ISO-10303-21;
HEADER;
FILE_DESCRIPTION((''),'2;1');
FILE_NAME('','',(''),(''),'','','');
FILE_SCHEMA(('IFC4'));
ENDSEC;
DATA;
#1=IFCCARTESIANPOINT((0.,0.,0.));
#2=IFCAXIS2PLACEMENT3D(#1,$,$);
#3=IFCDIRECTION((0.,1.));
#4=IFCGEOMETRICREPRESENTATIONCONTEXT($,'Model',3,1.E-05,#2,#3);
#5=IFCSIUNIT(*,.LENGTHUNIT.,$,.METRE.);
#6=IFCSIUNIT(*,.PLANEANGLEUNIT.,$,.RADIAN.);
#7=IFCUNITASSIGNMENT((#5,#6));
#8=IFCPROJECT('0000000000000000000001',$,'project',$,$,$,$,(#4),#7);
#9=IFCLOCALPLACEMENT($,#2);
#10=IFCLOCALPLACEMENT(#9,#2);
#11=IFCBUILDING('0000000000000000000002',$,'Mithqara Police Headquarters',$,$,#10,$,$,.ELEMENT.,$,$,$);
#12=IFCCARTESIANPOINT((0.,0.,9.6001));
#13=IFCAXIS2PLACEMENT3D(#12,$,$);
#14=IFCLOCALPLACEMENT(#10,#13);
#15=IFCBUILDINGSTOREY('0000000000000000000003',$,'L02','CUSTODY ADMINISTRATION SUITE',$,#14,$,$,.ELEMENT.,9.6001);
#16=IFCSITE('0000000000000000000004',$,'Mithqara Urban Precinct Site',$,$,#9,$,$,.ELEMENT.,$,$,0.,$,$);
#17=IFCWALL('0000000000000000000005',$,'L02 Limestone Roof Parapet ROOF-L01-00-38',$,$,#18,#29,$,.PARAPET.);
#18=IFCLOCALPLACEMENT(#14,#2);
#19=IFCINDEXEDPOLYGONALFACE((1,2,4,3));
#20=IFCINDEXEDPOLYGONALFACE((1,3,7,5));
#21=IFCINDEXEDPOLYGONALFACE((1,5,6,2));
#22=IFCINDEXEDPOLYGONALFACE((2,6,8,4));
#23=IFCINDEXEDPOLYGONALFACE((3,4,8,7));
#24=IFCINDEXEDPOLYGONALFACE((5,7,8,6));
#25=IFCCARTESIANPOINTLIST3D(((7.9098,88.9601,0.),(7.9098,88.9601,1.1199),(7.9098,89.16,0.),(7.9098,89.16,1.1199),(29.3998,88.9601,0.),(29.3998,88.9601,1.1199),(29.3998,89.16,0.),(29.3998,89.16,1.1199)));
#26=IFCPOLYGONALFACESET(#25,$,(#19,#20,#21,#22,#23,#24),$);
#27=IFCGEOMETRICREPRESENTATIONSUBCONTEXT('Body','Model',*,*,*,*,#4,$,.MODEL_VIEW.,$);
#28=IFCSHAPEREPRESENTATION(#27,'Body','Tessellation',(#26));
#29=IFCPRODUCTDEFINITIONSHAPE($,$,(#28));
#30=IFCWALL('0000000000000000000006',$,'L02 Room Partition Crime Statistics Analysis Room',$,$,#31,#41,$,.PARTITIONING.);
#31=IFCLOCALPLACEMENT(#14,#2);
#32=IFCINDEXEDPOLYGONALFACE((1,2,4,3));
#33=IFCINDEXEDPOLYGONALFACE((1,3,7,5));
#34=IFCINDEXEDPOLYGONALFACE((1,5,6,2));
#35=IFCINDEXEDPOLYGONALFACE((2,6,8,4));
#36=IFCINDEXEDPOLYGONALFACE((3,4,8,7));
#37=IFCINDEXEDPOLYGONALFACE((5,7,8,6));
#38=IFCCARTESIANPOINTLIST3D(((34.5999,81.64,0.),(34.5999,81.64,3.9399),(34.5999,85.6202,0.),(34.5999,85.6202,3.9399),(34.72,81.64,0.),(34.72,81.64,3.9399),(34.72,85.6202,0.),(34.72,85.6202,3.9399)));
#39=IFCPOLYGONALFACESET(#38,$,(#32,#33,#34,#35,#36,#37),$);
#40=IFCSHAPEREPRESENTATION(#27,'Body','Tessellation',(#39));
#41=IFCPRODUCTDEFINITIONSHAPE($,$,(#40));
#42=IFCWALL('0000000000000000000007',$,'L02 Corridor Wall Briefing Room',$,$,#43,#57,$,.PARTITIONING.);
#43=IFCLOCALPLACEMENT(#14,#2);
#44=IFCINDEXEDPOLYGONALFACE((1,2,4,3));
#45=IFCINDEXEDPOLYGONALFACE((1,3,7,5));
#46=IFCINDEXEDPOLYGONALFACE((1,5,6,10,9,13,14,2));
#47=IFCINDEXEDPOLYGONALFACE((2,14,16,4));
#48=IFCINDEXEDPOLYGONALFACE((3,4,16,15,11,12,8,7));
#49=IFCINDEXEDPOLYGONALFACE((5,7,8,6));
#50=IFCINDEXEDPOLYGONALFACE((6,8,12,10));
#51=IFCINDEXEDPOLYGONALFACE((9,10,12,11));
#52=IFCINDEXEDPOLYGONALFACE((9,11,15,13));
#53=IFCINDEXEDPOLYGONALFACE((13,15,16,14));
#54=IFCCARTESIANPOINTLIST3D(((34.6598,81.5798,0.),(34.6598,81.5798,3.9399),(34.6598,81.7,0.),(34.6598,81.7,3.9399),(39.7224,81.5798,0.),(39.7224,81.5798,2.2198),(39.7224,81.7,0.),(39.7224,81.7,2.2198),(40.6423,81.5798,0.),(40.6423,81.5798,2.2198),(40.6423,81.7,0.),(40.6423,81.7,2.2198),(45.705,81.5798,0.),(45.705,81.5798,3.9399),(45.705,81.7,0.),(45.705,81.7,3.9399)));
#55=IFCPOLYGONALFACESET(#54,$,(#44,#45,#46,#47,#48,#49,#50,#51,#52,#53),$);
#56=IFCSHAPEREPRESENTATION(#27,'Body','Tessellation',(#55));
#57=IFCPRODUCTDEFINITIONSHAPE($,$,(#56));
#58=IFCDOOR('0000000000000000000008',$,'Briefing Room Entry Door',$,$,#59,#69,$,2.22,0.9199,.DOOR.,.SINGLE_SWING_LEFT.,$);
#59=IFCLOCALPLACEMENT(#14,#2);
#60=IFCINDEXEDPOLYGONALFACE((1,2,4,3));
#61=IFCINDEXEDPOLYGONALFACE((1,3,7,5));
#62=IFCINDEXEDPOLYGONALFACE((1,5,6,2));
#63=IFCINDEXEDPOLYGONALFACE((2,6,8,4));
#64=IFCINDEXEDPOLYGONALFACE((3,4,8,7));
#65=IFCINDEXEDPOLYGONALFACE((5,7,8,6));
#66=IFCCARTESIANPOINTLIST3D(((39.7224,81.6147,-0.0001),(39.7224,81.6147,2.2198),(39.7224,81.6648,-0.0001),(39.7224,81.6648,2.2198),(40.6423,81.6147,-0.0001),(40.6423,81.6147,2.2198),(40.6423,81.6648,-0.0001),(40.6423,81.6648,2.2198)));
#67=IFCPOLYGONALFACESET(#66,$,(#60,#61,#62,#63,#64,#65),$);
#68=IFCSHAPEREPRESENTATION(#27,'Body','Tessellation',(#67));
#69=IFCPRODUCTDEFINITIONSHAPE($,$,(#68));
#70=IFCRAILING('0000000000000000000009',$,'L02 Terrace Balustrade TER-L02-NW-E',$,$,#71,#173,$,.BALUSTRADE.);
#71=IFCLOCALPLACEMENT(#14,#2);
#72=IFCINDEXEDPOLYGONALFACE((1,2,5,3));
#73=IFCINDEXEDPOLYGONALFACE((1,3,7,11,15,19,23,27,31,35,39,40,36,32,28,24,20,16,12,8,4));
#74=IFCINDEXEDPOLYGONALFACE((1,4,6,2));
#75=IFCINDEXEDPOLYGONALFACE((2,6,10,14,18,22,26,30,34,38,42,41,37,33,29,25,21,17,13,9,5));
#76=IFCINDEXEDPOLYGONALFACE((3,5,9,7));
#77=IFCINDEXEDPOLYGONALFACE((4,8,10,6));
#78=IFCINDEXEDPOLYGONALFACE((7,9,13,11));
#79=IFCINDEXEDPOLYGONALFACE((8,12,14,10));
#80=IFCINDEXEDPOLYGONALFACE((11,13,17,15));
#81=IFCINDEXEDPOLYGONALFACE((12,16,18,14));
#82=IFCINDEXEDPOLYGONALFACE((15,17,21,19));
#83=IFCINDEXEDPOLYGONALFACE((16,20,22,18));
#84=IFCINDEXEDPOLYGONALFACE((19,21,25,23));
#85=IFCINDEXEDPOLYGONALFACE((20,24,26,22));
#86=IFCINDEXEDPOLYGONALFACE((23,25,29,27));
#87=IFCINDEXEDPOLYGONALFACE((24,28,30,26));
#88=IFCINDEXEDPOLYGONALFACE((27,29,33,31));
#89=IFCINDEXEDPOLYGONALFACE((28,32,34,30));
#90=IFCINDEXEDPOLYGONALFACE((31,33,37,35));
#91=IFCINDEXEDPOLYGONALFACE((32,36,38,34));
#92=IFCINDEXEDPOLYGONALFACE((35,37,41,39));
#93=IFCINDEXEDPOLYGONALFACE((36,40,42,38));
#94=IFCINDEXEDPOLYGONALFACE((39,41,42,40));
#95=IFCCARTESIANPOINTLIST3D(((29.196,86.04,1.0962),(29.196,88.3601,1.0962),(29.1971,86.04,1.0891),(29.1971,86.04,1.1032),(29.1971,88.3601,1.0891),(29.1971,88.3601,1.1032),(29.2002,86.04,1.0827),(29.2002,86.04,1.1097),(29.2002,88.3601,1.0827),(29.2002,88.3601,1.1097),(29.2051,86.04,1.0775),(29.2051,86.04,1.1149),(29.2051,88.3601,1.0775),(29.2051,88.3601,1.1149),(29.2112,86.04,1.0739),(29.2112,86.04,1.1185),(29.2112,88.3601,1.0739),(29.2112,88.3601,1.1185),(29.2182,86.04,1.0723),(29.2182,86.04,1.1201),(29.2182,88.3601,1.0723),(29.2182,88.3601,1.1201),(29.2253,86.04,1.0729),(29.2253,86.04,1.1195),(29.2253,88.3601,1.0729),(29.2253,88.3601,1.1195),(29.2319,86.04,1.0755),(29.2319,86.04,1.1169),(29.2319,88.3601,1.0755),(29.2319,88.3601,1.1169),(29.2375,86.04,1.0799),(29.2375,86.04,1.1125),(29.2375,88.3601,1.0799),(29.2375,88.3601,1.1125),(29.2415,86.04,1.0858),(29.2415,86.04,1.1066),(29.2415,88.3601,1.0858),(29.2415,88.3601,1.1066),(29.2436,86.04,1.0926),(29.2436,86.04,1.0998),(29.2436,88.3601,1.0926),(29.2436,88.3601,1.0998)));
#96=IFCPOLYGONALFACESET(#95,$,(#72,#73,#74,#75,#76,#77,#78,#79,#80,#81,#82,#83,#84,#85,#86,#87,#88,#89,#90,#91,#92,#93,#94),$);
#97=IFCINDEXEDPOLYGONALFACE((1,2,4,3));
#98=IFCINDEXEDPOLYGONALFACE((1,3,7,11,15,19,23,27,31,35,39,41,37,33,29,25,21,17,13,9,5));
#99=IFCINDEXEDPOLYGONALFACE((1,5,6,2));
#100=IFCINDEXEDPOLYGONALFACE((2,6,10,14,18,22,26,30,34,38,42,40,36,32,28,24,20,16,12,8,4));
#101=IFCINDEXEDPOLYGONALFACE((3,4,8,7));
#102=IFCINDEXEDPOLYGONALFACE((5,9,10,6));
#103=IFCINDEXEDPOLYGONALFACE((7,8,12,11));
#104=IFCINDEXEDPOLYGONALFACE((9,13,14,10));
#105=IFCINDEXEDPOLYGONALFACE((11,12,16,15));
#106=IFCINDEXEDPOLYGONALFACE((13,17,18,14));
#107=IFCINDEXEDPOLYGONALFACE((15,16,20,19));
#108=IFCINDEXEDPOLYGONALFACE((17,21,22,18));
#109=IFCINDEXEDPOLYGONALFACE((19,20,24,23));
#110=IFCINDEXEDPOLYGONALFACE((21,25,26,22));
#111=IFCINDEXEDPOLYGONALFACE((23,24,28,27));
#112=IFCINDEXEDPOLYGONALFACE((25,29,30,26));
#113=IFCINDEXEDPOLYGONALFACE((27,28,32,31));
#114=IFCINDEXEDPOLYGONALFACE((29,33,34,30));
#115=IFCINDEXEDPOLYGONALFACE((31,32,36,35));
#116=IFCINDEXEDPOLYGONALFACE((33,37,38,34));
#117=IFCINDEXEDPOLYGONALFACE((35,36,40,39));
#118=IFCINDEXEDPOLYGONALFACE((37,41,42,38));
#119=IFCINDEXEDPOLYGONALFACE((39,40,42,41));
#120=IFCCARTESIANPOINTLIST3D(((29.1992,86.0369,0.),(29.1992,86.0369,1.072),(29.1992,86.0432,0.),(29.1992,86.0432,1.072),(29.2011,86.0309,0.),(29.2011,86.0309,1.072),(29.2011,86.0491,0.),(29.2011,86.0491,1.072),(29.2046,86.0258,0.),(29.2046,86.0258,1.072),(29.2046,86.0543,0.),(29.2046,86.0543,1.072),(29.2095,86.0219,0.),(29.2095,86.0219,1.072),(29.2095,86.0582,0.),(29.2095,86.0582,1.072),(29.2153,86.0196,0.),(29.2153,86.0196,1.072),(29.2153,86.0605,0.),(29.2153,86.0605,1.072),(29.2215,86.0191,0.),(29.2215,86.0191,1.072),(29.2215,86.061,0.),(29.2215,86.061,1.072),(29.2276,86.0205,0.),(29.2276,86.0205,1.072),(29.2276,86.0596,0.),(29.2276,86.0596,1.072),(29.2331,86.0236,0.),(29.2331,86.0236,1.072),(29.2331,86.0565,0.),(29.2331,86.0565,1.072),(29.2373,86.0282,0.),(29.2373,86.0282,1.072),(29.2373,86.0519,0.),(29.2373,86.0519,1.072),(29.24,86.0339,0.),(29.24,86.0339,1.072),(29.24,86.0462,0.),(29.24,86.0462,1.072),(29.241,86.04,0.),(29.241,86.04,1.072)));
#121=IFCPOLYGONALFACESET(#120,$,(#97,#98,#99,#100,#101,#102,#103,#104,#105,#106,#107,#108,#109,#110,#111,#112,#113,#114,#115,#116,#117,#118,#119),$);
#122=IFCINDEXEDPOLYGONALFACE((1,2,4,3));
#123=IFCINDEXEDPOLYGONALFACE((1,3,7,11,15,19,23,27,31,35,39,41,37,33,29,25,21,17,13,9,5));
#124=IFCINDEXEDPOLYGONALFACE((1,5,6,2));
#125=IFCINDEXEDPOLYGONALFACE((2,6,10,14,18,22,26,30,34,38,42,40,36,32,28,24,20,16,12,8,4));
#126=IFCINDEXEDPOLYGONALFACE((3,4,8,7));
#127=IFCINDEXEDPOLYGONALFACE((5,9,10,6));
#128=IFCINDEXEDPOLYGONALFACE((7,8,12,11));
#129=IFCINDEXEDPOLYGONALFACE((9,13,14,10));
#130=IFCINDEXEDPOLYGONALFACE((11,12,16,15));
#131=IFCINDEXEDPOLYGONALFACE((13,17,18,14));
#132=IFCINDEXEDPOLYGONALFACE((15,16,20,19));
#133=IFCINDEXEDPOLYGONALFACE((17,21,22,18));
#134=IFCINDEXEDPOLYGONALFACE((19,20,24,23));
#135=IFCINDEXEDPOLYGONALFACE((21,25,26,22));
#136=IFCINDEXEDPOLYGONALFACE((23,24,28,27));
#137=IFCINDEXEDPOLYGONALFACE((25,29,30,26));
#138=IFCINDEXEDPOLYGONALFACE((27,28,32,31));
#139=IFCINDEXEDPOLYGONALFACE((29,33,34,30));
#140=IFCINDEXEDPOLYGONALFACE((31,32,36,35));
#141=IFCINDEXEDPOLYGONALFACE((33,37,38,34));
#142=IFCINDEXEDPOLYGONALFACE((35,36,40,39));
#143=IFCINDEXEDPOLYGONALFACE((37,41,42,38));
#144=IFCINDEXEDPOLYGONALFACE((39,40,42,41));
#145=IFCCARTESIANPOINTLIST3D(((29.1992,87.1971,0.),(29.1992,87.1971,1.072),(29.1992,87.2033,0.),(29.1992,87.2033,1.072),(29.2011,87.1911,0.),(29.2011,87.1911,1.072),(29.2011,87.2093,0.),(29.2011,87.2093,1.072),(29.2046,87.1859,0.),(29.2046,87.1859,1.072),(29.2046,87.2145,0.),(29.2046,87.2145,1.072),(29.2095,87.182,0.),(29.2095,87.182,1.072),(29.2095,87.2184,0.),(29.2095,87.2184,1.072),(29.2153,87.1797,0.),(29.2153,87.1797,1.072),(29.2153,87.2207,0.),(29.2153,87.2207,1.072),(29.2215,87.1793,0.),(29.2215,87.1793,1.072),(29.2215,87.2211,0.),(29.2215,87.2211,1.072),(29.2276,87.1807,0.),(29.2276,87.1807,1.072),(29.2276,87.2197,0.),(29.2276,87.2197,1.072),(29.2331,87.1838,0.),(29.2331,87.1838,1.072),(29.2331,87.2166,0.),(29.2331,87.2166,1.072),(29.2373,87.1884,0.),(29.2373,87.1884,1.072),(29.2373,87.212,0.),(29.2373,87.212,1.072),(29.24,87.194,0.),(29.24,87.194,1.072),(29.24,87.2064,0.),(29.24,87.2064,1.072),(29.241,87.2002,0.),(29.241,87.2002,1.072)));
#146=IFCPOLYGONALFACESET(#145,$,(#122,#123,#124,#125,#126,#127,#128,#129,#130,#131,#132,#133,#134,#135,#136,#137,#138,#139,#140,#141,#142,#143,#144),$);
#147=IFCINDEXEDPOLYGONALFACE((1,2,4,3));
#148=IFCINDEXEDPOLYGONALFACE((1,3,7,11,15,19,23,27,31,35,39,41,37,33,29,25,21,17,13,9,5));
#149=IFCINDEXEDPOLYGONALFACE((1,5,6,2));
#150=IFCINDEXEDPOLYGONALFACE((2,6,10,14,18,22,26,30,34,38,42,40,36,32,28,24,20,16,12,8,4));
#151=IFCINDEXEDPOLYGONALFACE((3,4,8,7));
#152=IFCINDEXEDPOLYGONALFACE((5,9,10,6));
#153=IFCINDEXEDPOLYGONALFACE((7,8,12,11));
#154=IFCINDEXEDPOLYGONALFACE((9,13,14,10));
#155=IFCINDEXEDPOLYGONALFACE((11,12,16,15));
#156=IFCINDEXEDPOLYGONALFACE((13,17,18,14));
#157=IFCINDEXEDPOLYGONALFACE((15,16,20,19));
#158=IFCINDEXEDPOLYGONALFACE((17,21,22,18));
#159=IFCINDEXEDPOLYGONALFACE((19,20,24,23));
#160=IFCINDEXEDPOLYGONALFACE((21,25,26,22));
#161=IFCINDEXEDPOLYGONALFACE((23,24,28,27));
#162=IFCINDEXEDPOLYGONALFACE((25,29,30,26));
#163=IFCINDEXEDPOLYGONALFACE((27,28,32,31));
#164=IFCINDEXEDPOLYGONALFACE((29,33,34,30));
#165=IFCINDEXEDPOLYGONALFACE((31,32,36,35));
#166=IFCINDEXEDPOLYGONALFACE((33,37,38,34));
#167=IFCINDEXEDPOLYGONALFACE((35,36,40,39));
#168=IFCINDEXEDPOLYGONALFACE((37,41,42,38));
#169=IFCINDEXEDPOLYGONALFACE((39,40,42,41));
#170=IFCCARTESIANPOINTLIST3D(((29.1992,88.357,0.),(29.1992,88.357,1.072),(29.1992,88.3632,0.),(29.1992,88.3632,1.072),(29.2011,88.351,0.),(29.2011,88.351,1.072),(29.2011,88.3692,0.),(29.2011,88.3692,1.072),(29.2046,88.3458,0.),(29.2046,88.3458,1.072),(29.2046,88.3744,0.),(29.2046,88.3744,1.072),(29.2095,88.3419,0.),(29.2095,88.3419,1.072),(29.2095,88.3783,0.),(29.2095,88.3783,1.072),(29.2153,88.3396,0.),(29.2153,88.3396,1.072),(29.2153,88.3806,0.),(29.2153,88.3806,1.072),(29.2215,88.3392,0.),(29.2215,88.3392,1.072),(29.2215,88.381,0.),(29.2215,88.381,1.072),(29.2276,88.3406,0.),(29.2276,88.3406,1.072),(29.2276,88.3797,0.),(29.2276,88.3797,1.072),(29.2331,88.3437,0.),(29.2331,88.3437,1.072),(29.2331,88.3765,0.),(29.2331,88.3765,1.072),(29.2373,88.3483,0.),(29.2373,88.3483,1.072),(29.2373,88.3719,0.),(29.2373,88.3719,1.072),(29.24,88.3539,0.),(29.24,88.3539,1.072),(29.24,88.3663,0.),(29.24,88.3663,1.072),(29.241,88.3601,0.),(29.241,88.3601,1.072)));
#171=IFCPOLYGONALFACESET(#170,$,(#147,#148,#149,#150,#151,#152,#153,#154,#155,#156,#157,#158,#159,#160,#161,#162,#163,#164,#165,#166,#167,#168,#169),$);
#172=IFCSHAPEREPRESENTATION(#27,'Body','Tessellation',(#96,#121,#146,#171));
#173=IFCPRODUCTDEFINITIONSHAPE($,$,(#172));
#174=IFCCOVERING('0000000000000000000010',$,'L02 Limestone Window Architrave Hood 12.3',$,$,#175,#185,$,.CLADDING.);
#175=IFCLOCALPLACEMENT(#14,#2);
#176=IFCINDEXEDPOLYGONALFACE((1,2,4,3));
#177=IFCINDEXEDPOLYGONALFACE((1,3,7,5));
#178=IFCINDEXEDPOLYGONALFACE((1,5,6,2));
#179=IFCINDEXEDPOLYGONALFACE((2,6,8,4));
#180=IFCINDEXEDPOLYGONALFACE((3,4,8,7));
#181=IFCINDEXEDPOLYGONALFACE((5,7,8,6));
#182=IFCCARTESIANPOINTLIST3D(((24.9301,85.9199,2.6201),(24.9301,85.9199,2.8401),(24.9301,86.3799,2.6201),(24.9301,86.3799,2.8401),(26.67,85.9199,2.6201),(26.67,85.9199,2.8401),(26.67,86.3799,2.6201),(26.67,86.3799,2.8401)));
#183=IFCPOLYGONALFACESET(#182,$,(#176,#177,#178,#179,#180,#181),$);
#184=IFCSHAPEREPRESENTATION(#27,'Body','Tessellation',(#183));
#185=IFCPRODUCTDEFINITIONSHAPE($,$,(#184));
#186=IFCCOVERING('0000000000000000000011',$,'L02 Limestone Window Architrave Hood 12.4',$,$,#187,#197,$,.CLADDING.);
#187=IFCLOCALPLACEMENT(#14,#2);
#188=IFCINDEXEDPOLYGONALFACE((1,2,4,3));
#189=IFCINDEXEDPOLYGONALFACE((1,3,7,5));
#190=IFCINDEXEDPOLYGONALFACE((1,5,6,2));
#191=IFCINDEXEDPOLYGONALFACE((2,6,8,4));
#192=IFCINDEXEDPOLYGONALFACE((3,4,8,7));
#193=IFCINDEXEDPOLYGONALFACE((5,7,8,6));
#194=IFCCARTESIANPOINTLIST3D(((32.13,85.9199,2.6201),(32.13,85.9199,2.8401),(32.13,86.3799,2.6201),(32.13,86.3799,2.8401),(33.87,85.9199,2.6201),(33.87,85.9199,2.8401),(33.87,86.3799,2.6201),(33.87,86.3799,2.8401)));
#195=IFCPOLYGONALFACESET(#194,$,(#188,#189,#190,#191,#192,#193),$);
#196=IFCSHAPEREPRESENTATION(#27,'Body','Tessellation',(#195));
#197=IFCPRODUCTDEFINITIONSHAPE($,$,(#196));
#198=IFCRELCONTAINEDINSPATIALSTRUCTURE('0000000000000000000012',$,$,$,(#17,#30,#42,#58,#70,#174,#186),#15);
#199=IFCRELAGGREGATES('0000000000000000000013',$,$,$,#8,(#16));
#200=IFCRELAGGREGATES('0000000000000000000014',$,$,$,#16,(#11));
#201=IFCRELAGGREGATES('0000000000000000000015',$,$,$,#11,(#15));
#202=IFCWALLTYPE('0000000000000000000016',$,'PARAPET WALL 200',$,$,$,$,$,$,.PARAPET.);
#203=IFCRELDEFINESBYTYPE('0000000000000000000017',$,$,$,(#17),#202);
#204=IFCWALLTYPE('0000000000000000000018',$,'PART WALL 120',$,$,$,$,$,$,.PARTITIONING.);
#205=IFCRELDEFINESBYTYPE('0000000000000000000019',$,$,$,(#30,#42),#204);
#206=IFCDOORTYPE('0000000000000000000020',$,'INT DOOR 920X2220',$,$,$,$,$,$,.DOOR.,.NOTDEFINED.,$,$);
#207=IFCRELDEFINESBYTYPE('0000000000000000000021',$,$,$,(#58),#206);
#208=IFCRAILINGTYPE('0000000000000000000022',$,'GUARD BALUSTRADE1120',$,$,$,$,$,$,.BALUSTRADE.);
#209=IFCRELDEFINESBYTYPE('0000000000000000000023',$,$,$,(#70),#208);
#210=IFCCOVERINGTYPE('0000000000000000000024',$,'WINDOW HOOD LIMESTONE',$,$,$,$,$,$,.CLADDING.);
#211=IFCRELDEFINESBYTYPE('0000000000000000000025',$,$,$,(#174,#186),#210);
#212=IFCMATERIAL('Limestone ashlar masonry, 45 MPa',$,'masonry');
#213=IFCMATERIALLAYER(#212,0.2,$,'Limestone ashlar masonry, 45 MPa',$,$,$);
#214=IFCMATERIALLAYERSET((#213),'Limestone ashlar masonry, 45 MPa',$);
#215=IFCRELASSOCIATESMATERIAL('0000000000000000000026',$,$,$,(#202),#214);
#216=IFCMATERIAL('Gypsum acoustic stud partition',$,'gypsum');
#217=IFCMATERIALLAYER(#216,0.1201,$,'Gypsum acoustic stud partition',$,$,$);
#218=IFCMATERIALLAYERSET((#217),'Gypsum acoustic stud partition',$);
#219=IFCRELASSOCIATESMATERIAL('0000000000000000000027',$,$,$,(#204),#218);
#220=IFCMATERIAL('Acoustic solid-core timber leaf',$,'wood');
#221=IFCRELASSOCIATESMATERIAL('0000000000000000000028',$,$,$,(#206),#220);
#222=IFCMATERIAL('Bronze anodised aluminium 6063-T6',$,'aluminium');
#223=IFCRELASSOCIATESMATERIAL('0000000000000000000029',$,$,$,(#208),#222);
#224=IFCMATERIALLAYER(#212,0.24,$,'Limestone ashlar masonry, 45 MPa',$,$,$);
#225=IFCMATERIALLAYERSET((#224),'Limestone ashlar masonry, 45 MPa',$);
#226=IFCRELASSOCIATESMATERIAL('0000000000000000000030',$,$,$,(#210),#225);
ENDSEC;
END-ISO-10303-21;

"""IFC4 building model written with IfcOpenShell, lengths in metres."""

from ifc_helpers import new_model, si_unit, direction, frame, frame_2d, origin, origin_2d, place, context, subcontext, project, spatial, rectangle, circle, extrude, material, layer, layer_set, type_object, element, fill, save


model = new_model("IFC4")

# Units and contexts
model_context = context("Model", 3, precision=1e-05, world=origin(), true_north=direction((0.0, 1.0)))
body_context = subcontext(model_context, "Body", "Model", "MODEL_VIEW")
ifc_project = project(units=[si_unit("LENGTHUNIT", "METRE"), si_unit("PLANEANGLEUNIT", "RADIAN")], contexts=[model_context])

# Site, building, storey
site_placement = place(None, origin())
site = spatial("IfcSite", under=ifc_project, at=site_placement, Name="Mithqara Urban Precinct Site", CompositionType="ELEMENT", RefElevation=0.0)
building_placement = place(site_placement, origin())
building = spatial("IfcBuilding", under=site, at=building_placement, Name="Mithqara Police Headquarters", CompositionType="ELEMENT")
storey_placement = place(building_placement, frame((0.0, 0.0, 9.6001)))
storey = spatial("IfcBuildingStorey", under=building, at=storey_placement, Name="L02", Description="CUSTODY ADMINISTRATION SUITE", CompositionType="ELEMENT", Elevation=9.6001)

# Walls
ifc_material_1 = material(Name="Limestone ashlar masonry, 45 MPa", Category="masonry")
ifc_layer_1 = layer(ifc_material_1, 0.2, Name="Limestone ashlar masonry, 45 MPa")
ifc_layer_set_1 = layer_set([ifc_layer_1], Name="Limestone ashlar masonry, 45 MPa")
wall_type_1 = type_object("IfcWallType", Name="PARAPET WALL 200", PredefinedType="PARAPET", material=ifc_layer_set_1)
wall_1_placement = place(storey_placement, frame((29.3999, 89.0601, 0.0), z_axis=(0.0, 0.0, 1.0), x_axis=(-1.0, 0.0, 0.0)))
element("IfcWall", 1, at=wall_1_placement, inside=storey, type_object=wall_type_1, Name="L02 Limestone Roof Parapet ROOF-L01-00-38", PredefinedType="PARAPET", context=body_context, shape_type="SweptSolid", body=[
    extrude(rectangle(XDim=21.49, YDim=0.2, at=frame_2d((10.7451, 0.0))), origin(), (0.0, 0.0, 1.0), 1.1199),
])
ifc_material_2 = material(Name="Gypsum acoustic stud partition", Category="gypsum")
ifc_layer_2 = layer(ifc_material_2, 0.1201, Name="Gypsum acoustic stud partition")
ifc_layer_set_2 = layer_set([ifc_layer_2], Name="Gypsum acoustic stud partition")
wall_type_2 = type_object("IfcWallType", Name="PART WALL 120", PredefinedType="PARTITIONING", material=ifc_layer_set_2)
wall_2_placement = place(storey_placement, frame((34.6599, 81.6399, 0.0), z_axis=(0.0, 0.0, 1.0), x_axis=(0.0, 1.0, 0.0)))
element("IfcWall", 2, at=wall_2_placement, inside=storey, type_object=wall_type_2, Name="L02 Room Partition Crime Statistics Analysis Room", PredefinedType="PARTITIONING", context=body_context, shape_type="SweptSolid", body=[
    extrude(rectangle(XDim=3.9802, YDim=0.1201, at=frame_2d((1.9902, 0.0))), origin(), (0.0, 0.0, 1.0), 3.9399),
])

# Wall, opening, door
wall_3_placement = place(storey_placement, frame((34.6599, 81.6399, 0.0), z_axis=(0.0, 0.0, 1.0), x_axis=(1.0, 0.0, 0.0)))
wall_3 = element("IfcWall", 3, at=wall_3_placement, inside=storey, type_object=wall_type_2, Name="L02 Corridor Wall Briefing Room", PredefinedType="PARTITIONING", context=body_context, shape_type="SweptSolid", body=[
    extrude(rectangle(XDim=11.0452, YDim=0.1201, at=frame_2d((5.5225, 0.0))), origin(), (0.0, 0.0, 1.0), 3.9399),
])
opening_placement = place(wall_3_placement, frame((5.0625, 0.0, 0.0)))
opening = element("IfcOpeningElement", 4, at=opening_placement, cuts=wall_3, PredefinedType="OPENING", context=body_context, shape_type="SweptSolid", body=[
    extrude(rectangle(XDim=0.9199, YDim=2.22, at=frame_2d((0.46, 1.1099))), frame((0.0, 0.0701, 0.0), z_axis=(0.0, -1.0, 0.0), x_axis=(1.0, 0.0, 0.0)), (0.0, 0.0, 1.0), 0.1401),
])
ifc_material_3 = material(Name="Acoustic solid-core timber leaf", Category="wood")
door_type = type_object("IfcDoorType", Name="INT DOOR 920X2220", OperationType="NOTDEFINED", PredefinedType="DOOR", material=ifc_material_3)
door_placement = place(opening_placement, origin())
door = element("IfcDoor", 5, at=door_placement, inside=storey, type_object=door_type, Name="Briefing Room Entry Door", OperationType="SINGLE_SWING_LEFT", OverallHeight=2.22, OverallWidth=0.9199, PredefinedType="DOOR", context=body_context, shape_type="SweptSolid", body=[
    extrude(rectangle(XDim=0.9199, YDim=2.22, at=frame_2d((0.46, 1.1099))), frame((0.0, 0.0249, 0.0), z_axis=(0.0, -1.0, 0.0), x_axis=(1.0, 0.0, 0.0)), (0.0, 0.0, 1.0), 0.05),
])
fill(opening, door)

# Railing
ifc_material_4 = material(Name="Bronze anodised aluminium 6063-T6", Category="aluminium")
railing_type = type_object("IfcRailingType", Name="GUARD BALUSTRADE1120", PredefinedType="BALUSTRADE", material=ifc_material_4)
railing_placement = place(storey_placement, frame((29.22, 86.04, 0.0)))
element("IfcRailing", 6, at=railing_placement, inside=storey, type_object=railing_type, Name="L02 Terrace Balustrade TER-L02-NW-E", PredefinedType="BALUSTRADE", context=body_context, shape_type="SweptSolid", body=[
    extrude(circle(Radius=0.0239, at=origin_2d()), frame((0.0, 0.0, 1.0962), z_axis=(0.0, 1.0, 0.0), x_axis=(-1.0, 0.0, 0.0)), (0.0, 0.0, 1.0), 2.3201),
    extrude(circle(Radius=0.021, at=origin_2d()), origin(), (0.0, 0.0, 1.0), 1.072),
    extrude(circle(Radius=0.021, at=origin_2d()), frame((0.0, 1.1602, 0.0)), (0.0, 0.0, 1.0), 1.072),
    extrude(circle(Radius=0.021, at=origin_2d()), frame((0.0, 2.3201, 0.0)), (0.0, 0.0, 1.0), 1.072),
])

# Coverings
ifc_layer_3 = layer(ifc_material_1, 0.24, Name="Limestone ashlar masonry, 45 MPa")
ifc_layer_set_3 = layer_set([ifc_layer_3], Name="Limestone ashlar masonry, 45 MPa")
covering_type = type_object("IfcCoveringType", Name="WINDOW HOOD LIMESTONE", PredefinedType="CLADDING", material=ifc_layer_set_3)
for number, where, z_axis, x_axis, name in (
    (7, (25.8, 86.1499, 2.6201), (0.0, 0.0, 1.0), (1.0, 0.0, 0.0), "L02 Limestone Window Architrave Hood 12.3"),
    (8, (33.0, 86.1499, 2.6201), (0.0, 0.0, 1.0), (1.0, 0.0, 0.0), "L02 Limestone Window Architrave Hood 12.4"),
):
    element("IfcCovering", number, at=place(storey_placement, frame(where, z_axis=z_axis, x_axis=x_axis)), inside=storey, type_object=covering_type, Name=name, PredefinedType="CLADDING", context=body_context, shape_type="SweptSolid", body=[
        extrude(rectangle(XDim=1.74, YDim=0.46, at=origin_2d()), origin(), (0.0, 0.0, 1.0), 0.22),
    ])

save(model, "model.ifc")
